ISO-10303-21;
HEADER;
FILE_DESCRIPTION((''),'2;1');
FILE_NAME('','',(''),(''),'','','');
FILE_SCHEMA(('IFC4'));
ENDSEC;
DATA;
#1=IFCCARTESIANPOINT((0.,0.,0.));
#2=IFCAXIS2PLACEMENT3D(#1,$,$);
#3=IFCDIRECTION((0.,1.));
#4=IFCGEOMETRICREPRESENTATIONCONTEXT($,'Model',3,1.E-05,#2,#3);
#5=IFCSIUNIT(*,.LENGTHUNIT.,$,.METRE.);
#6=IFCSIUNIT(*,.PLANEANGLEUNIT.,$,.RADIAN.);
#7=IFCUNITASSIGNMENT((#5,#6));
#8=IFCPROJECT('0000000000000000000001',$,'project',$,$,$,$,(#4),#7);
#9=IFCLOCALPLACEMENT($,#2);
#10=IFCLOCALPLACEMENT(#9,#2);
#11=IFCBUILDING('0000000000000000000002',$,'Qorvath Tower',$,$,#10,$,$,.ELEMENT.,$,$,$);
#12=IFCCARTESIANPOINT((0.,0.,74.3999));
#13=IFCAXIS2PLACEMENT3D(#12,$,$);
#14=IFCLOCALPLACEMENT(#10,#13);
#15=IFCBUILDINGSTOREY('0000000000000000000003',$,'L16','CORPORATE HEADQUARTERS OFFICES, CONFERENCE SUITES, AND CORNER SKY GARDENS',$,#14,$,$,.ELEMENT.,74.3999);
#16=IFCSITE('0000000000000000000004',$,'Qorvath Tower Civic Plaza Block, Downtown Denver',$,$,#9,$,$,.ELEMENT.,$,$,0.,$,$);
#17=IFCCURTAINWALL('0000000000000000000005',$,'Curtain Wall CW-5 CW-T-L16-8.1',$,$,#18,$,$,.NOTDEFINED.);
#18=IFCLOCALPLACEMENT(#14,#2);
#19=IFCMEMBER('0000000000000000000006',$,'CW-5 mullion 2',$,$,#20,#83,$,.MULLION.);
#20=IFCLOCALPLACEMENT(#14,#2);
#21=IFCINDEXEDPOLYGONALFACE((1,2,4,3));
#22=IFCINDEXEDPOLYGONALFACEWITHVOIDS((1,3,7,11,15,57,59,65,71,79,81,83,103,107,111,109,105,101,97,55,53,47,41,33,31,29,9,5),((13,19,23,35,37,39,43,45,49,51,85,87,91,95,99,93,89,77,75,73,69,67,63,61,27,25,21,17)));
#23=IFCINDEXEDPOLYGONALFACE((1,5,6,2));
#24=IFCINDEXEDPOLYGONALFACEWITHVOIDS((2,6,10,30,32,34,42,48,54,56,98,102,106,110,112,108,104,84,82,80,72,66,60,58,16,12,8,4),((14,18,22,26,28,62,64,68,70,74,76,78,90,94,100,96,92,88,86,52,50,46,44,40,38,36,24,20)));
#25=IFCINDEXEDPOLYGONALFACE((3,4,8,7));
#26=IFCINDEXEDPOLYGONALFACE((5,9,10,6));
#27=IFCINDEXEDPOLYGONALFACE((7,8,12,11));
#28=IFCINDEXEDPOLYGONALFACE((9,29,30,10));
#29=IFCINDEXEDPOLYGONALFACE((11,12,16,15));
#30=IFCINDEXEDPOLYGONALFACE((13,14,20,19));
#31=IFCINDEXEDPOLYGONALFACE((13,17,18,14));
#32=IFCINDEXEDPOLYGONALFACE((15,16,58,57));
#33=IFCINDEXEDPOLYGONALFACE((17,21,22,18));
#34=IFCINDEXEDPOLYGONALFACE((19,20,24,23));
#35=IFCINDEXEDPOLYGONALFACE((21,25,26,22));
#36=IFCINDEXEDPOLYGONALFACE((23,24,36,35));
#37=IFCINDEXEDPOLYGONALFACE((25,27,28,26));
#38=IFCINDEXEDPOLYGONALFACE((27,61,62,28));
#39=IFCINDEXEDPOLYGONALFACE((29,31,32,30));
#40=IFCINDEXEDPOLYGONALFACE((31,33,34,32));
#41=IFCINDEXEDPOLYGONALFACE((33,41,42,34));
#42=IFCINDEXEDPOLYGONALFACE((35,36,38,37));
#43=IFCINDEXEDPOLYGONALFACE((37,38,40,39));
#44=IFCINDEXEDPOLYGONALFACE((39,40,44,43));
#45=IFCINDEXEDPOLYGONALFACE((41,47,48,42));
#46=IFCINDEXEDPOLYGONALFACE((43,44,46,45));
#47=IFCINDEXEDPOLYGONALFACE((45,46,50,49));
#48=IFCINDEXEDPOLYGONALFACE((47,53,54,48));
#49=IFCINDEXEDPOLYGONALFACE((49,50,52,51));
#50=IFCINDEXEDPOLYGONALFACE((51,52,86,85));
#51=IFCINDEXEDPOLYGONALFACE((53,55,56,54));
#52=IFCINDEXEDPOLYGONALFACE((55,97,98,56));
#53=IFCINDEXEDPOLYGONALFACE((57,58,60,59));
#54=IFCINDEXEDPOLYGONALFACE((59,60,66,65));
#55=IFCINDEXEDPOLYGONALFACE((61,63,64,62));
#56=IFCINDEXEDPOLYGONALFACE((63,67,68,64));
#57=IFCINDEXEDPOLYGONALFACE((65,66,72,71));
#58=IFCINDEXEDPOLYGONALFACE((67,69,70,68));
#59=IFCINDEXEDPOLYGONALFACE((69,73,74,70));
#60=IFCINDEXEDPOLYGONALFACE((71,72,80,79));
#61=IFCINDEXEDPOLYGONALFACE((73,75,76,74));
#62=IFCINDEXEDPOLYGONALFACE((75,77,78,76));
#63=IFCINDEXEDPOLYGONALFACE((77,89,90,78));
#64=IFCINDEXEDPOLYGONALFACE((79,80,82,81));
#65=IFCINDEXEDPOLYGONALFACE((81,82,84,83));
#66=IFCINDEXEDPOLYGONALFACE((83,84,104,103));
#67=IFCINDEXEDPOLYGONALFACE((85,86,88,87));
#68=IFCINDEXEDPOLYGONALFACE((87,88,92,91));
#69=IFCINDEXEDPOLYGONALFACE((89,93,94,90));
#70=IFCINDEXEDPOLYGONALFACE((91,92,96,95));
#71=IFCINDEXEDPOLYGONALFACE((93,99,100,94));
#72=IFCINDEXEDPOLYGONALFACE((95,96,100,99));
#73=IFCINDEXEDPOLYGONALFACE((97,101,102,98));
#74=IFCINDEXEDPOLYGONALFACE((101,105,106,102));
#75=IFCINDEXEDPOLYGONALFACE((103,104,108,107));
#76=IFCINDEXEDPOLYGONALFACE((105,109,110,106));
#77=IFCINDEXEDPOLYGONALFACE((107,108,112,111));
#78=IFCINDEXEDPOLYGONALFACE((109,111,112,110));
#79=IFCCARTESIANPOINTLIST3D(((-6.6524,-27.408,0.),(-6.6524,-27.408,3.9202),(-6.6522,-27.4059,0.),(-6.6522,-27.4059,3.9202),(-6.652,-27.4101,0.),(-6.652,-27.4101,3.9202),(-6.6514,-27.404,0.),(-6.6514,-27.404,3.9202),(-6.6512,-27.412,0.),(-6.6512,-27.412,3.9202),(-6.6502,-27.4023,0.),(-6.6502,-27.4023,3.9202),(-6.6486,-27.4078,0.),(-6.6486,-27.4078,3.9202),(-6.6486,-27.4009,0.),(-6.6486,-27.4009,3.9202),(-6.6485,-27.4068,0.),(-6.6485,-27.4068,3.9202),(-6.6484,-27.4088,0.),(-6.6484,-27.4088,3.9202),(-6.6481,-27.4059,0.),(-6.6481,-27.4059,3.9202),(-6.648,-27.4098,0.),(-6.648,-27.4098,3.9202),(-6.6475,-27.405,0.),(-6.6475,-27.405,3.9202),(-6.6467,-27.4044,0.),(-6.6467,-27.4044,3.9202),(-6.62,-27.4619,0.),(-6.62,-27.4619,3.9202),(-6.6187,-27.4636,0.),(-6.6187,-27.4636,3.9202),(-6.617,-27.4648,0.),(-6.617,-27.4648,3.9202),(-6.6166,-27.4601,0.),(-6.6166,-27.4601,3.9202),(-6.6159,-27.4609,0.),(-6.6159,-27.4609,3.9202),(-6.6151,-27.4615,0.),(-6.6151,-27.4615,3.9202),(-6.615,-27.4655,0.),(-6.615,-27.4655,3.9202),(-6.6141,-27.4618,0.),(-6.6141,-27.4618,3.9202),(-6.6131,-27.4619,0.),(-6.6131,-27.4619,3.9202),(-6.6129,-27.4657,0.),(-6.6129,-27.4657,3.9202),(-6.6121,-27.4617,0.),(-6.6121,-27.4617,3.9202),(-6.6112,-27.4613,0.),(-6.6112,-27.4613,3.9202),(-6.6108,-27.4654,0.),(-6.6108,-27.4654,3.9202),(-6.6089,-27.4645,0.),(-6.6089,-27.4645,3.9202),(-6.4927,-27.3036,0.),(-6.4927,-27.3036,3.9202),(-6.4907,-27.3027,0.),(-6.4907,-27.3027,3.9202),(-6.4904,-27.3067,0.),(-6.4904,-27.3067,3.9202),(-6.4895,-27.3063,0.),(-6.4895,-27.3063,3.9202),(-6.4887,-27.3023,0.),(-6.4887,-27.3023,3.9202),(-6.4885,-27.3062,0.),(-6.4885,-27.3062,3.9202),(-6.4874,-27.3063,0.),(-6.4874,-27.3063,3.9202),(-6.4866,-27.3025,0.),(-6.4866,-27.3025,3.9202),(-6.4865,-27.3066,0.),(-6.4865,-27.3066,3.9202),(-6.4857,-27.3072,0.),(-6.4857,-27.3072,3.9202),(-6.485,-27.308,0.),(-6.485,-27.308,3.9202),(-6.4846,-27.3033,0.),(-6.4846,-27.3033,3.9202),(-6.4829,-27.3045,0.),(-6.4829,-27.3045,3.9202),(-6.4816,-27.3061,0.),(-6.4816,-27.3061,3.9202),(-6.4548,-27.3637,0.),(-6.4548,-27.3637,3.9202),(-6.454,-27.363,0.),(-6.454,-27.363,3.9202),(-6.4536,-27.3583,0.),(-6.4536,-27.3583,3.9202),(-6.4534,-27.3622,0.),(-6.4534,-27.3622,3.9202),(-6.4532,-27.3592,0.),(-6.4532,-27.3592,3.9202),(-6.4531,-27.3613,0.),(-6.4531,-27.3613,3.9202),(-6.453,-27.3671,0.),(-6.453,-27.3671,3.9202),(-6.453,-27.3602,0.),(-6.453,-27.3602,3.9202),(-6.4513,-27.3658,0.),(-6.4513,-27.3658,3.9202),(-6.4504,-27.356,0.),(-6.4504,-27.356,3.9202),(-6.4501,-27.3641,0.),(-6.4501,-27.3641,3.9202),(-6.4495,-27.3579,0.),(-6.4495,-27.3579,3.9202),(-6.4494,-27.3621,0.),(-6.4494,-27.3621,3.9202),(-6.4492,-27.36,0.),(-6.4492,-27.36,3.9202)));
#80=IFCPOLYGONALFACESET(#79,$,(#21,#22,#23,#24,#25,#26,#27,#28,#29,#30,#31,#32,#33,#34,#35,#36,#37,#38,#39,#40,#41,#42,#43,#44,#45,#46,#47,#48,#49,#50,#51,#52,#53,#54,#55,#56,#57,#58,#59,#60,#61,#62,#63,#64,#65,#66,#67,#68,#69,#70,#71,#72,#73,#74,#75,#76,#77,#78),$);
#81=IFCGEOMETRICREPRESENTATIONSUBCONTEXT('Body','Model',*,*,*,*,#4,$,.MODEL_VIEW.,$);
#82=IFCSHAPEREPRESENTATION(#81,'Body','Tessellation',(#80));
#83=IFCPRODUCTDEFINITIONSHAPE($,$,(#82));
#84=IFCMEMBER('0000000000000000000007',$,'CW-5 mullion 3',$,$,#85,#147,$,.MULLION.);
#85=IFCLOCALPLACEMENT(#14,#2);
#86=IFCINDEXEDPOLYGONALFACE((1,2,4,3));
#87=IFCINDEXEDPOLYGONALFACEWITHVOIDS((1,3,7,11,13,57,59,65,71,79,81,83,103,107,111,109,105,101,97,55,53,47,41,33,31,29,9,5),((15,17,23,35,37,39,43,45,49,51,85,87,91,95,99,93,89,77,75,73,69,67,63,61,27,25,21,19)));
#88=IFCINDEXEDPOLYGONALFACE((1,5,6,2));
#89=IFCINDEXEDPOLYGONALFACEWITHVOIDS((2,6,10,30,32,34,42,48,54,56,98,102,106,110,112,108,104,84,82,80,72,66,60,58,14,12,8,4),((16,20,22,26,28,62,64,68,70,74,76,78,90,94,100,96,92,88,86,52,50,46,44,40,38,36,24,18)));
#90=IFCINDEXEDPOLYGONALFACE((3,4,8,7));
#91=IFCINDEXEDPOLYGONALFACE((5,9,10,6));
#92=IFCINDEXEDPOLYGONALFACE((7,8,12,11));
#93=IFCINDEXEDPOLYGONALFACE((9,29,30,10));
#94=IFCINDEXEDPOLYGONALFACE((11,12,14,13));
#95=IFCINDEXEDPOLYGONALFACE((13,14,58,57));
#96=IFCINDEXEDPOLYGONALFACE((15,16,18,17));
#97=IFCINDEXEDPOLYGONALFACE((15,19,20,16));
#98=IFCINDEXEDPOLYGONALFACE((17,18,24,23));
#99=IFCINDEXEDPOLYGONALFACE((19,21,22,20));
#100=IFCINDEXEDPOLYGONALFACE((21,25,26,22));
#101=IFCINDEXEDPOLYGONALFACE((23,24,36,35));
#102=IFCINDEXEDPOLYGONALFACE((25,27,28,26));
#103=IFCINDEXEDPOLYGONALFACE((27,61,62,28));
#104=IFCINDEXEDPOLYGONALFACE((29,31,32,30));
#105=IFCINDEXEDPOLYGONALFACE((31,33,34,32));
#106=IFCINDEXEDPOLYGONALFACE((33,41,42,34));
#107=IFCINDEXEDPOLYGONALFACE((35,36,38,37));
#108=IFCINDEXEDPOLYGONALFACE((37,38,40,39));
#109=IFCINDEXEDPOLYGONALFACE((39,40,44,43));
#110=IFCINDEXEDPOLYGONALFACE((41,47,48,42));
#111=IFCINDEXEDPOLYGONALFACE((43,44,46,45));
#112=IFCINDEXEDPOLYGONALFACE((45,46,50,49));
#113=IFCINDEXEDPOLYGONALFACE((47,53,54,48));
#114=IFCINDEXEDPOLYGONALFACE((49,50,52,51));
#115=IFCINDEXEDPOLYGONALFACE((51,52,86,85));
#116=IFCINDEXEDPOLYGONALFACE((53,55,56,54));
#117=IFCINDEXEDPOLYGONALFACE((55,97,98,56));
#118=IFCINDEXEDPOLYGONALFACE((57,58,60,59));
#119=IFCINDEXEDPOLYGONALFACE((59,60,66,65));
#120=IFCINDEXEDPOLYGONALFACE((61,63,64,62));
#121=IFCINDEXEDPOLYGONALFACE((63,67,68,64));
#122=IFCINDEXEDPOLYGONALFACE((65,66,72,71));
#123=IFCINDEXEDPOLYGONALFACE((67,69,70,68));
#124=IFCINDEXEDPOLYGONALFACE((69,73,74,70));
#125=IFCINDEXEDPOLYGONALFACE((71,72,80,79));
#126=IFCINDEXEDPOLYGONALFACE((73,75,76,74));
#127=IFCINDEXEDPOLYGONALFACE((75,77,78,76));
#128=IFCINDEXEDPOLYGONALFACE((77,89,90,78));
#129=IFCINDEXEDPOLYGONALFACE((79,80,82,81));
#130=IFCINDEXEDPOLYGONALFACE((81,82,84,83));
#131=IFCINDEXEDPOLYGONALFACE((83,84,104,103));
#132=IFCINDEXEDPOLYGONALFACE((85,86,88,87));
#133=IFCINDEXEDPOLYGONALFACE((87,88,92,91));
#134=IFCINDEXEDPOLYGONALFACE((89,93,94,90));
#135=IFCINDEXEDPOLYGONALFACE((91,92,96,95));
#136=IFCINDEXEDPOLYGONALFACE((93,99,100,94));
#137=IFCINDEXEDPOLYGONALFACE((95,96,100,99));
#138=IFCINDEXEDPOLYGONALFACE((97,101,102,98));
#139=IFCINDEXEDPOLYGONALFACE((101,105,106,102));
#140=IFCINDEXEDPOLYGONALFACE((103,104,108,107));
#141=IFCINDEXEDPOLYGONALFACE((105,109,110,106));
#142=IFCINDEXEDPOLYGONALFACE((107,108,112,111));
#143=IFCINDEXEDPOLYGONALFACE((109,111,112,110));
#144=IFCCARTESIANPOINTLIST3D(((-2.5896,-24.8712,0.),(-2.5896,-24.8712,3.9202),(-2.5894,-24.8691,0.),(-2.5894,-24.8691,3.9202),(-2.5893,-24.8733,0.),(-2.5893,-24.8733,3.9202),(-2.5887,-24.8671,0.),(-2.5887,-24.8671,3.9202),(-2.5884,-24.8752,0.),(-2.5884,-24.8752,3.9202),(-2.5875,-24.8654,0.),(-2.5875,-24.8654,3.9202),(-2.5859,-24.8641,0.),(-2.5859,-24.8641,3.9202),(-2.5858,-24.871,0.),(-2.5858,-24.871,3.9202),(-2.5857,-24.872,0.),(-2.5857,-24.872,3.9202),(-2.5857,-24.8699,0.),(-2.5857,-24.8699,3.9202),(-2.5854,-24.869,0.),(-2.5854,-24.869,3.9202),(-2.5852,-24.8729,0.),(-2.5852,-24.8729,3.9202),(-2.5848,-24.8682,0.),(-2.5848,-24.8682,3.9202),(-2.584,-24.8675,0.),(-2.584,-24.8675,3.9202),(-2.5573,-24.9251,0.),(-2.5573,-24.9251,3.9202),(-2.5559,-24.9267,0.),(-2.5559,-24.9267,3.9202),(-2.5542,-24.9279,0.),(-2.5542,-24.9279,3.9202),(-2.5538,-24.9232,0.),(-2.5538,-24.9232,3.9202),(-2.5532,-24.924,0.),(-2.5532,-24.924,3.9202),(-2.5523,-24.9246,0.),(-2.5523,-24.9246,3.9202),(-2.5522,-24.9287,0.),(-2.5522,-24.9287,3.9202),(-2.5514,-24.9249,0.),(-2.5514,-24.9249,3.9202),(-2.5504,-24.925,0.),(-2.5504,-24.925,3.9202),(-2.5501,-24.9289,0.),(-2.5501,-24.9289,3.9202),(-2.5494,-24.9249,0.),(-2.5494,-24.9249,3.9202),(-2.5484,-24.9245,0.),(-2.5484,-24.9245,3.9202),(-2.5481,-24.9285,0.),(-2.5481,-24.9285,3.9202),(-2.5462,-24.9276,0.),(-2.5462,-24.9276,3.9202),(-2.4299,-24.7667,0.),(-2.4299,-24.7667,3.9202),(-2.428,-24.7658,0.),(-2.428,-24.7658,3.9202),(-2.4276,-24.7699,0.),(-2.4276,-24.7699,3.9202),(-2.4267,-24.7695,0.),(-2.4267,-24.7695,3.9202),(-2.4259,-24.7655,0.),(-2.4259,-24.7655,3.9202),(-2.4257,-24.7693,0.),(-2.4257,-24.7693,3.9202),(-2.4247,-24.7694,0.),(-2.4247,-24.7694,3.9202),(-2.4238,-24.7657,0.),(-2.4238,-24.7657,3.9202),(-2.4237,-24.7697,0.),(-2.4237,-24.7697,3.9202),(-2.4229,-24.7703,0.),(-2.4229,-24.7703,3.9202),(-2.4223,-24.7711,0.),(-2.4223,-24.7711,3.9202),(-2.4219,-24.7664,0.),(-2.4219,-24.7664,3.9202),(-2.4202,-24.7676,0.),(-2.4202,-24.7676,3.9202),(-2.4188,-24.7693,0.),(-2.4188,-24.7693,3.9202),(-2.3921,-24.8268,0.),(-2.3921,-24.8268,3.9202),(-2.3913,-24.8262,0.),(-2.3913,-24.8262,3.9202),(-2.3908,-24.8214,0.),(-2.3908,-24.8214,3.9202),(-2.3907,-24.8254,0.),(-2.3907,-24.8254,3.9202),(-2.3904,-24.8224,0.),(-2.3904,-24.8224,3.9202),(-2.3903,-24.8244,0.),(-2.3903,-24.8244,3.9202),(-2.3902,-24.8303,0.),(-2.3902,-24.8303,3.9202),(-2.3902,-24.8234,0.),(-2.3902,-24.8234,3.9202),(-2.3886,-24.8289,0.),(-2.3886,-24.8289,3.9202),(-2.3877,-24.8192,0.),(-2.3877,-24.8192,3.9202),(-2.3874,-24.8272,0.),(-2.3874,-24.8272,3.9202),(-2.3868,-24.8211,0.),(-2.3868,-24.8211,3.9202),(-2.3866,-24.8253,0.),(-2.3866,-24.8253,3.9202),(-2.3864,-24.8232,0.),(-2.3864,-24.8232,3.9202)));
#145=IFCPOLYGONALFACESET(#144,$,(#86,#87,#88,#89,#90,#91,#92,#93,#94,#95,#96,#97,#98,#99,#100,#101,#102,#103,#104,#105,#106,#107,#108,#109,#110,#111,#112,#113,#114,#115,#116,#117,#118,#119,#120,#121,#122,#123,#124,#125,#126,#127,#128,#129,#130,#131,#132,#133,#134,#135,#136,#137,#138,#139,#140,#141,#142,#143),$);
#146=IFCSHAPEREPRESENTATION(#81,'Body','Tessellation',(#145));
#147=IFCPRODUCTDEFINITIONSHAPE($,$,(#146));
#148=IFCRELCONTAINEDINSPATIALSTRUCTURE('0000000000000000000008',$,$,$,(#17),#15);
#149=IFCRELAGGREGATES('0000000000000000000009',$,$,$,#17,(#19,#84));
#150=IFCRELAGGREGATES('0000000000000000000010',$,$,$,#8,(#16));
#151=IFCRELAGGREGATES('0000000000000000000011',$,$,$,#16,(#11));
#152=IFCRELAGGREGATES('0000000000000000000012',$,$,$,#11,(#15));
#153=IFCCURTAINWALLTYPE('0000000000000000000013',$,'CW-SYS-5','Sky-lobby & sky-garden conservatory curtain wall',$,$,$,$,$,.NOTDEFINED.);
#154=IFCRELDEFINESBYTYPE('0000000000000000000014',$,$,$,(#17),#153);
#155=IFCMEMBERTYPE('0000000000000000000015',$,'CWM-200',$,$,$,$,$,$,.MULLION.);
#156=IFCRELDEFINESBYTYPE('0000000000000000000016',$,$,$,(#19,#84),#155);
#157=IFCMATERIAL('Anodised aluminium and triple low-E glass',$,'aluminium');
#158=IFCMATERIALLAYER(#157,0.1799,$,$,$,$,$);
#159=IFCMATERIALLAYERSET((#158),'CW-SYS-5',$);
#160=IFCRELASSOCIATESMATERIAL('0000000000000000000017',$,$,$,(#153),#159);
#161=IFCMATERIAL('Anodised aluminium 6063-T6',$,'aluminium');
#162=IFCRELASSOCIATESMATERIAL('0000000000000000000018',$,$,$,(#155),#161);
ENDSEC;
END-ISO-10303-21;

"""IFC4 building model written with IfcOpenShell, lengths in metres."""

from ifc_helpers import new_model, si_unit, direction, frame, origin, origin_2d, place, context, subcontext, project, spatial, hollow_rectangle, extrude, material, layer, layer_set, material_profile, profile_set, type_object, element, aggregate, save


model = new_model("IFC4")

# Units and contexts
model_context = context("Model", 3, precision=1e-05, world=origin(), true_north=direction((0.0, 1.0)))
body_context = subcontext(model_context, "Body", "Model", "MODEL_VIEW")
ifc_project = project(units=[si_unit("LENGTHUNIT", "METRE"), si_unit("PLANEANGLEUNIT", "RADIAN")], contexts=[model_context])

# Site, building, storey
site_placement = place(None, origin())
site = spatial("IfcSite", under=ifc_project, at=site_placement, Name="Qorvath Tower Civic Plaza Block, Downtown Denver", CompositionType="ELEMENT", RefElevation=0.0)
building_placement = place(site_placement, origin())
building = spatial("IfcBuilding", under=site, at=building_placement, Name="Qorvath Tower", CompositionType="ELEMENT")
storey_placement = place(building_placement, frame((0.0, 0.0, 74.3999)))
storey = spatial("IfcBuildingStorey", under=building, at=storey_placement, Name="L16", Description="CORPORATE HEADQUARTERS OFFICES, CONFERENCE SUITES, AND CORNER SKY GARDENS", CompositionType="ELEMENT", Elevation=74.3999)

# Shared definitions
ifc_material_1 = material(Name="Anodised aluminium and triple low-E glass", Category="aluminium")
ifc_layer_1 = layer(ifc_material_1, 0.1799)
ifc_layer_set_1 = layer_set([ifc_layer_1], Name="CW-SYS-5")
curtain_wall_type = type_object("IfcCurtainWallType", Name="CW-SYS-5", Description="Sky-lobby & sky-garden conservatory curtain wall", PredefinedType="NOTDEFINED", material=ifc_layer_set_1)
ifc_material_2 = material(Name="Anodised aluminium 6063-T6", Category="aluminium")
ifc_material_profile_1 = material_profile(ifc_material_2, hollow_rectangle(XDim=0.075, YDim=0.2, WallThickness=0.0039, InnerFilletRadius=0.0039, OuterFilletRadius=0.0081, at=origin_2d()), Name="CWM 200x75")
ifc_profile_set_1 = profile_set([ifc_material_profile_1], Name="Anodised aluminium 6063-T6")
member_type_1 = type_object("IfcMemberType", Name="CWM-200", PredefinedType="MULLION", material=ifc_profile_set_1)

# Curtain wall, members
curtain_wall_1_placement = place(storey_placement, origin())
curtain_wall_1 = element("IfcCurtainWall", 1, at=curtain_wall_1_placement, inside=storey, type_object=curtain_wall_type, Name="Curtain Wall CW-5 CW-T-L16-8.1", PredefinedType="NOTDEFINED")
member_1_placement = place(storey_placement, frame((-6.5508, -27.384, 0.0), z_axis=(0.0, 0.0, 1.0), x_axis=(-0.529645, 0.848219, 0.0)))
member_1 = element("IfcMember", 2, at=member_1_placement, type_object=member_type_1, Name="CW-5 mullion 2", PredefinedType="MULLION", context=body_context, shape_type="SweptSolid", body=[
    extrude(hollow_rectangle(XDim=0.075, YDim=0.2, WallThickness=0.0039, InnerFilletRadius=0.0039, OuterFilletRadius=0.0081, at=origin_2d()), origin(), (0.0, 0.0, 1.0), 3.9202),
])
member_2_placement = place(storey_placement, frame((-2.488, -24.8472, 0.0), z_axis=(0.0, 0.0, 1.0), x_axis=(-0.529645, 0.848219, 0.0)))
member_2 = element("IfcMember", 3, at=member_2_placement, type_object=member_type_1, Name="CW-5 mullion 3", PredefinedType="MULLION", context=body_context, shape_type="SweptSolid", body=[
    extrude(hollow_rectangle(XDim=0.075, YDim=0.2, WallThickness=0.0039, InnerFilletRadius=0.0039, OuterFilletRadius=0.0081, at=origin_2d()), origin(), (0.0, 0.0, 1.0), 3.9202),
])

aggregate(curtain_wall_1, [member_1, member_2])

save(model, "model.ifc")
